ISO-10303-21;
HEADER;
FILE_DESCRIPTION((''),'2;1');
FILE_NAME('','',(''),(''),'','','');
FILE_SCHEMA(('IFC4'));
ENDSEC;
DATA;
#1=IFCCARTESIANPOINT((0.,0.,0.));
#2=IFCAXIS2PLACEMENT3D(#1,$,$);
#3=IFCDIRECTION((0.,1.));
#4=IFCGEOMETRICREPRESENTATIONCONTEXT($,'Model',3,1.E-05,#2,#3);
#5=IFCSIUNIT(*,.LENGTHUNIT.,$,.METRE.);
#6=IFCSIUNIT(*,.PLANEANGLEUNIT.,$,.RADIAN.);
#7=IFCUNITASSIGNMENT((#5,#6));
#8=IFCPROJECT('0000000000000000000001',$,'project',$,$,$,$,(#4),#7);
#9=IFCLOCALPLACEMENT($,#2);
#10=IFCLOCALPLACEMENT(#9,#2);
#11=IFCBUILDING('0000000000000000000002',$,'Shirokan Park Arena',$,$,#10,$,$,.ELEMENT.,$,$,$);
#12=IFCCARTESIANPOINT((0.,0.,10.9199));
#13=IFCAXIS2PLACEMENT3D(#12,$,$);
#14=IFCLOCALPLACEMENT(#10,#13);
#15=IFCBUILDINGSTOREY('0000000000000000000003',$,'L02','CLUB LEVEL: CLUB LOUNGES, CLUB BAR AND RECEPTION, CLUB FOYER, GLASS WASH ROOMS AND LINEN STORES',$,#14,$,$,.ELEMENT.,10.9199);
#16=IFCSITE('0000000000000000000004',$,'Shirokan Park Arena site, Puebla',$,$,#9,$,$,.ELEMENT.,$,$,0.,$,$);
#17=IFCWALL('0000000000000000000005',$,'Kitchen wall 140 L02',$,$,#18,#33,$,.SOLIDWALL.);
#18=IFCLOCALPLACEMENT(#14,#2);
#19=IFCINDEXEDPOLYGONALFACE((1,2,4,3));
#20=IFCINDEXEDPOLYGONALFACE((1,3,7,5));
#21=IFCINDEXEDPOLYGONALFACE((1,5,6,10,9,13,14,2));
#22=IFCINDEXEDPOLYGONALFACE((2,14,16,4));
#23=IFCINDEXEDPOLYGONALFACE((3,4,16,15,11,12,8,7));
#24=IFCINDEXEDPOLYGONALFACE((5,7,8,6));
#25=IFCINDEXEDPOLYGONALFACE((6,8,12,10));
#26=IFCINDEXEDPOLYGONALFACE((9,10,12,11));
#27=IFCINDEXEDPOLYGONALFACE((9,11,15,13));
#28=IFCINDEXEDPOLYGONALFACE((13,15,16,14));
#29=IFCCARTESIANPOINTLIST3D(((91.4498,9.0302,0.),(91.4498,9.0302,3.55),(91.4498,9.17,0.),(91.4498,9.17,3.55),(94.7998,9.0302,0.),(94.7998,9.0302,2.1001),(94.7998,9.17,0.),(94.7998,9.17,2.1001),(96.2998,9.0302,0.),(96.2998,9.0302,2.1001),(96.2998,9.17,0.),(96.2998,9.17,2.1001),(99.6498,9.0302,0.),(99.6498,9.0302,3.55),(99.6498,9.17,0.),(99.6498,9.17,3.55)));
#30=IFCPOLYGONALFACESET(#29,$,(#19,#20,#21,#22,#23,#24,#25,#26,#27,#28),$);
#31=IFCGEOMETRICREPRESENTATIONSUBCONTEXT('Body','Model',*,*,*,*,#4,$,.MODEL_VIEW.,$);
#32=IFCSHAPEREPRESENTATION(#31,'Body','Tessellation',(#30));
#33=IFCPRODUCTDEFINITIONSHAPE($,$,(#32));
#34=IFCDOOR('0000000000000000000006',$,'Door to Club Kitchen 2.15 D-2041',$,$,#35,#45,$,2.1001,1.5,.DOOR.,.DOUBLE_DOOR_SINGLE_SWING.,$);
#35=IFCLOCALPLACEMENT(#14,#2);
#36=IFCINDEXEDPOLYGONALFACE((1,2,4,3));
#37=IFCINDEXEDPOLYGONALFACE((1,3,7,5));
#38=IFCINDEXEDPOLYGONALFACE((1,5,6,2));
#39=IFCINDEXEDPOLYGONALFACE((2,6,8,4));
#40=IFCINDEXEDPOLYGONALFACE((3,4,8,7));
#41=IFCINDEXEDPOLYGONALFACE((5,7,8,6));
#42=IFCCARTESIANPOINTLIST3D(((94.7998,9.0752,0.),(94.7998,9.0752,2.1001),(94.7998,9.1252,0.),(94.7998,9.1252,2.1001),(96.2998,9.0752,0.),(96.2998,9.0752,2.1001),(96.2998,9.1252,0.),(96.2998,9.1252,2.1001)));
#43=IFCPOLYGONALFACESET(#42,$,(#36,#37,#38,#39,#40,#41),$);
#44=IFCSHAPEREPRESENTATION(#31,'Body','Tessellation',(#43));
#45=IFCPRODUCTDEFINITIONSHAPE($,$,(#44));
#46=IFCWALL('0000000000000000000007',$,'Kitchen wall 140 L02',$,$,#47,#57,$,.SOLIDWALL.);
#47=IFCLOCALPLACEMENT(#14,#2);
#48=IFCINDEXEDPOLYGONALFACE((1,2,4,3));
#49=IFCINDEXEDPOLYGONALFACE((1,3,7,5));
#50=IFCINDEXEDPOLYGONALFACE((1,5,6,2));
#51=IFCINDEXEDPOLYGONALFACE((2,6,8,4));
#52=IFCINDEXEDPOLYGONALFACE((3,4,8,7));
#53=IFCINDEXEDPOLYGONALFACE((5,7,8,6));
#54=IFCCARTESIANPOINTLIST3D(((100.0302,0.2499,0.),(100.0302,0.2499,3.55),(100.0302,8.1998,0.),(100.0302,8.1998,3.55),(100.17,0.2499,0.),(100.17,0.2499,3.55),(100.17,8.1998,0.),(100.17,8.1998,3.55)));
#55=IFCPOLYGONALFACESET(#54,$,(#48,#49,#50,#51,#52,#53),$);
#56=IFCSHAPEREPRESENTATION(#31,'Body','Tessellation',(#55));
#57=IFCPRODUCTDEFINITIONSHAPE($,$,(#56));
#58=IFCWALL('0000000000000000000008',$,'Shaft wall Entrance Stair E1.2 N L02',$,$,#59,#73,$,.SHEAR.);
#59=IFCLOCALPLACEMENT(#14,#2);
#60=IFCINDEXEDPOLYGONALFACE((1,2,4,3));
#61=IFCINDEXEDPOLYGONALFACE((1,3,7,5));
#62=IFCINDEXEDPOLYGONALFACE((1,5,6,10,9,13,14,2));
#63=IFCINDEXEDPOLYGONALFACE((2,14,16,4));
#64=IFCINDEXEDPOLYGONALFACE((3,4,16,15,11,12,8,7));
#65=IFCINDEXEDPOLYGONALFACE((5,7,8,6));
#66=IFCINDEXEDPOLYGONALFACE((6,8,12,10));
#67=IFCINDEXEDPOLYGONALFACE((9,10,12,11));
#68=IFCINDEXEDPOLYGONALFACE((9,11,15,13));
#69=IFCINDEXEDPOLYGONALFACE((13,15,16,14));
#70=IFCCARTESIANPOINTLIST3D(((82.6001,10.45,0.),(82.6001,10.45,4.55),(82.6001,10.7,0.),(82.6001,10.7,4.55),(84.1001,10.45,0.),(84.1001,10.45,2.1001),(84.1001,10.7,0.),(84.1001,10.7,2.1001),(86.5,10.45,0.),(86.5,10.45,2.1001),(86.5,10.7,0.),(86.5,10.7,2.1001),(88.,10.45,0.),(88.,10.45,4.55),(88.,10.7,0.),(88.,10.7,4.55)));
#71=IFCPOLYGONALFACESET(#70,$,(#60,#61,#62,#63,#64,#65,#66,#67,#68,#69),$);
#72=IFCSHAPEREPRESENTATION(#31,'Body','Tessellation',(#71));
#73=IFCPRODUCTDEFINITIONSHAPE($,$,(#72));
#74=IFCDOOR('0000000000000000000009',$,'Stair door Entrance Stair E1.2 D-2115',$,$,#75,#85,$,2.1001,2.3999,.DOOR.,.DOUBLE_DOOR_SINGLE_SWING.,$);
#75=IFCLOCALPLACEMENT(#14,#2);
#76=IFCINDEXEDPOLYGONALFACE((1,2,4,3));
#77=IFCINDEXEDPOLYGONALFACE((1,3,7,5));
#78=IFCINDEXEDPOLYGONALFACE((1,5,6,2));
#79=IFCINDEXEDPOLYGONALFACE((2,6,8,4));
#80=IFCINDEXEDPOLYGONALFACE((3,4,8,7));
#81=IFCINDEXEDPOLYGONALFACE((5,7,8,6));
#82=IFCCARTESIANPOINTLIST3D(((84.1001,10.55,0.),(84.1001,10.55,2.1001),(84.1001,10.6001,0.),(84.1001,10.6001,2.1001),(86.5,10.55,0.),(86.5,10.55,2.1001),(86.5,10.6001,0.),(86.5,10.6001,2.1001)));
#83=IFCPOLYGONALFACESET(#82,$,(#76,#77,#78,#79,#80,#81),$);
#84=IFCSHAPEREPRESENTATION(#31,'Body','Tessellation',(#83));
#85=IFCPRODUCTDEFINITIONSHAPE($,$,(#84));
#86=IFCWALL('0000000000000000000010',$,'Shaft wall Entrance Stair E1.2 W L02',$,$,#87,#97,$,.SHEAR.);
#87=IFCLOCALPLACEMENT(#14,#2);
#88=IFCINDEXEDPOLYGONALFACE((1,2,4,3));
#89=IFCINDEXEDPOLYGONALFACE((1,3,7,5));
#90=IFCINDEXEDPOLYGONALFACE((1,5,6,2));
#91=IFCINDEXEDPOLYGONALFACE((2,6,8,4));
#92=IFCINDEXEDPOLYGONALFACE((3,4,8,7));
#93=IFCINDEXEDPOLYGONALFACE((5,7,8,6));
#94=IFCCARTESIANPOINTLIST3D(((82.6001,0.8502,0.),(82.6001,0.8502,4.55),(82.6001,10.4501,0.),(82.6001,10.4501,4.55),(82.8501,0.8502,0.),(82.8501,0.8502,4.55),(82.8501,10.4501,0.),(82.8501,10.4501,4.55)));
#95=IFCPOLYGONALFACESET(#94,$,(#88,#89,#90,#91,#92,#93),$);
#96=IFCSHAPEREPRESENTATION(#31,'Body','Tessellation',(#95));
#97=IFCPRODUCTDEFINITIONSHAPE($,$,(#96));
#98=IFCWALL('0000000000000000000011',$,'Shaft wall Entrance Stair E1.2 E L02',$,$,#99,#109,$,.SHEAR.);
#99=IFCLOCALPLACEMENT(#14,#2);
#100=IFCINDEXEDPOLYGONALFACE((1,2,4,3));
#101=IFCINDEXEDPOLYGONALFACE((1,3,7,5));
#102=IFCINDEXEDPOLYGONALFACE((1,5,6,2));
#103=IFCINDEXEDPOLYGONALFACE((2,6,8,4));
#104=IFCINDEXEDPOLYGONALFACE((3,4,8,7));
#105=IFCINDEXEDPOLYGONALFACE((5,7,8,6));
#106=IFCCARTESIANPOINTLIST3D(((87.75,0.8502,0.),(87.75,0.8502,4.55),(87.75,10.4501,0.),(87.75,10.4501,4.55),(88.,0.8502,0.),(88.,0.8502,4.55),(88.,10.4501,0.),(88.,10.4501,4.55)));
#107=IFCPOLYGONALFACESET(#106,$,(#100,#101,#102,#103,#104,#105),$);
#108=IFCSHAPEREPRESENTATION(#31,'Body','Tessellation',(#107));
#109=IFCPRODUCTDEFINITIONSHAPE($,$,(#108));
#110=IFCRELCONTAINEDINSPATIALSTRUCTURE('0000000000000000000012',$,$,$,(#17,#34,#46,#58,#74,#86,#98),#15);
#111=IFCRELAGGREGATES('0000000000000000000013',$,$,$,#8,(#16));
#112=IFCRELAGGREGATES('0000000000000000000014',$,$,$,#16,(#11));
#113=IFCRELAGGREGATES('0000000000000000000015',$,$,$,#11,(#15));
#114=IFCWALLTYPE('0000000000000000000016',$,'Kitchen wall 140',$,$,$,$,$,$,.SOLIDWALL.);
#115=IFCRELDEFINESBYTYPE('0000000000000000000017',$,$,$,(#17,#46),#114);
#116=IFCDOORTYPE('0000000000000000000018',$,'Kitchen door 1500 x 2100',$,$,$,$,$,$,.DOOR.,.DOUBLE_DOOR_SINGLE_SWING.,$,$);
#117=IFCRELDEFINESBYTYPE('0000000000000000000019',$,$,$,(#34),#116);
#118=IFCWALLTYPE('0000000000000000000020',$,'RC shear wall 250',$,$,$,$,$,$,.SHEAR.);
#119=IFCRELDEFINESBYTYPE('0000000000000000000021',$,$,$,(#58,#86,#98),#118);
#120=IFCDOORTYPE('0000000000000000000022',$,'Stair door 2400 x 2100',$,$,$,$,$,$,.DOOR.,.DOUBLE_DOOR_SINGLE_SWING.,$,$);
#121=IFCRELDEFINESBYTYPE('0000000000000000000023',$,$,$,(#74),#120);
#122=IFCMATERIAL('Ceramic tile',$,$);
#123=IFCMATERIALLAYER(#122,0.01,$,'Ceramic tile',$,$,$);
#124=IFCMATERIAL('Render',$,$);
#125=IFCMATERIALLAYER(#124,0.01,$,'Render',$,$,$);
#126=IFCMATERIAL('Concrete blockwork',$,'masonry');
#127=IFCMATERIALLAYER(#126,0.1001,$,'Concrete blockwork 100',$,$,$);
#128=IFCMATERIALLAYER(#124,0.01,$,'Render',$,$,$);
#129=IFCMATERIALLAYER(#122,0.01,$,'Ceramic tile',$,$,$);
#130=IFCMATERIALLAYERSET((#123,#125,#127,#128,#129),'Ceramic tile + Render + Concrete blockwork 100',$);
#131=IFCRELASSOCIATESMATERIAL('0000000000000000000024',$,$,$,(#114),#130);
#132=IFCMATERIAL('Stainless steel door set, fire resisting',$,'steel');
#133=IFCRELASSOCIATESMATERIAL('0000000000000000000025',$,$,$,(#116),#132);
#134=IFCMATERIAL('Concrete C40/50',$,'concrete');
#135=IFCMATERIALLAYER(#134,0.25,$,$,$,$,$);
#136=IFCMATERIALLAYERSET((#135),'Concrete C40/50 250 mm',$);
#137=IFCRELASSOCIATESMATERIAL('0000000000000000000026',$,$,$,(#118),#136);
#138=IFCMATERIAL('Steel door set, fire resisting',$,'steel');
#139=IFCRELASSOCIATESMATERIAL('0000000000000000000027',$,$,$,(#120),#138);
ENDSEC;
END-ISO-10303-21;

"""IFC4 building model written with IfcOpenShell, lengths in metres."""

from ifc_helpers import new_model, si_unit, direction, frame, frame_2d, origin, place, context, subcontext, project, spatial, rectangle, extrude, material, layer, layer_set, type_object, element, fill, save


model = new_model("IFC4")

# Units and contexts
model_context = context("Model", 3, precision=1e-05, world=origin(), true_north=direction((0.0, 1.0)))
body_context = subcontext(model_context, "Body", "Model", "MODEL_VIEW")
ifc_project = project(units=[si_unit("LENGTHUNIT", "METRE"), si_unit("PLANEANGLEUNIT", "RADIAN")], contexts=[model_context])

# Site, building, storey
site_placement = place(None, origin())
site = spatial("IfcSite", under=ifc_project, at=site_placement, Name="Shirokan Park Arena site, Puebla", CompositionType="ELEMENT", RefElevation=0.0)
building_placement = place(site_placement, origin())
building = spatial("IfcBuilding", under=site, at=building_placement, Name="Shirokan Park Arena", CompositionType="ELEMENT")
storey_placement = place(building_placement, frame((0.0, 0.0, 10.9199)))
storey = spatial("IfcBuildingStorey", under=building, at=storey_placement, Name="L02", Description="CLUB LEVEL: CLUB LOUNGES, CLUB BAR AND RECEPTION, CLUB FOYER, GLASS WASH ROOMS AND LINEN STORES", CompositionType="ELEMENT", Elevation=10.9199)

# Shared definitions
ifc_material_1 = material(Name="Ceramic tile")
ifc_layer_1 = layer(ifc_material_1, 0.01, Name="Ceramic tile")
ifc_material_2 = material(Name="Render")
ifc_layer_2 = layer(ifc_material_2, 0.01, Name="Render")
ifc_material_3 = material(Name="Concrete blockwork", Category="masonry")
ifc_layer_3 = layer(ifc_material_3, 0.1001, Name="Concrete blockwork 100")
ifc_layer_4 = layer(ifc_material_2, 0.01, Name="Render")
ifc_layer_5 = layer(ifc_material_1, 0.01, Name="Ceramic tile")
ifc_layer_set_1 = layer_set([ifc_layer_1, ifc_layer_2, ifc_layer_3, ifc_layer_4, ifc_layer_5], Name="Ceramic tile + Render + Concrete blockwork 100")
wall_type_1 = type_object("IfcWallType", Name="Kitchen wall 140", PredefinedType="SOLIDWALL", material=ifc_layer_set_1)

# Wall, opening, door
wall_1_placement = place(storey_placement, frame((99.6499, 9.1001, 0.0), z_axis=(0.0, 0.0, 1.0), x_axis=(-1.0, 0.0, 0.0)))
wall_1 = element("IfcWall", 1, at=wall_1_placement, inside=storey, type_object=wall_type_1, Name="Kitchen wall 140 L02", PredefinedType="SOLIDWALL", context=body_context, shape_type="SweptSolid", body=[
    extrude(rectangle(XDim=8.2, YDim=0.1399, at=frame_2d((4.1001, 0.0))), origin(), (0.0, 0.0, 1.0), 3.55),
])
opening_1_placement = place(wall_1_placement, frame((3.3501, 0.0, 0.0)))
opening_1 = element("IfcOpeningElement", 2, at=opening_1_placement, cuts=wall_1, PredefinedType="OPENING", context=body_context, shape_type="SweptSolid", body=[
    extrude(rectangle(XDim=1.5, YDim=2.1001, at=frame_2d((0.75, 1.05))), frame((0.0, 0.0798, 0.0), z_axis=(0.0, -1.0, 0.0), x_axis=(1.0, 0.0, 0.0)), (0.0, 0.0, 1.0), 0.1599),
])
ifc_material_4 = material(Name="Stainless steel door set, fire resisting", Category="steel")
door_type_1 = type_object("IfcDoorType", Name="Kitchen door 1500 x 2100", OperationType="DOUBLE_DOOR_SINGLE_SWING", PredefinedType="DOOR", material=ifc_material_4)
door_1_placement = place(opening_1_placement, origin())
door_1 = element("IfcDoor", 3, at=door_1_placement, inside=storey, type_object=door_type_1, Name="Door to Club Kitchen 2.15 D-2041", OperationType="DOUBLE_DOOR_SINGLE_SWING", OverallHeight=2.1001, OverallWidth=1.5, PredefinedType="DOOR", context=body_context, shape_type="SweptSolid", body=[
    extrude(rectangle(XDim=1.5, YDim=2.1001, at=frame_2d((0.75, 1.05))), frame((0.0, 0.0249, 0.0), z_axis=(0.0, -1.0, 0.0), x_axis=(1.0, 0.0, 0.0)), (0.0, 0.0, 1.0), 0.05),
])
fill(opening_1, door_1)

# Wall
wall_2_placement = place(storey_placement, frame((100.1001, 8.2, 0.0), z_axis=(0.0, 0.0, 1.0), x_axis=(0.0, -1.0, 0.0)))
element("IfcWall", 4, at=wall_2_placement, inside=storey, type_object=wall_type_1, Name="Kitchen wall 140 L02", PredefinedType="SOLIDWALL", context=body_context, shape_type="SweptSolid", body=[
    extrude(rectangle(XDim=7.95, YDim=0.1399, at=frame_2d((3.9751, 0.0))), origin(), (0.0, 0.0, 1.0), 3.55),
])

# Wall, opening, door
ifc_material_5 = material(Name="Concrete C40/50", Category="concrete")
ifc_layer_6 = layer(ifc_material_5, 0.25)
ifc_layer_set_2 = layer_set([ifc_layer_6], Name="Concrete C40/50 250 mm")
wall_type_2 = type_object("IfcWallType", Name="RC shear wall 250", PredefinedType="SHEAR", material=ifc_layer_set_2)
wall_3_placement = place(storey_placement, frame((88.0, 10.575, 0.0), z_axis=(0.0, 0.0, 1.0), x_axis=(-1.0, 0.0, 0.0)))
wall_3 = element("IfcWall", 5, at=wall_3_placement, inside=storey, type_object=wall_type_2, Name="Shaft wall Entrance Stair E1.2 N L02", PredefinedType="SHEAR", context=body_context, shape_type="SweptSolid", body=[
    extrude(rectangle(XDim=5.3999, YDim=0.25, at=frame_2d((2.7, 0.0))), origin(), (0.0, 0.0, 1.0), 4.55),
])
opening_2_placement = place(wall_3_placement, frame((1.5, 0.0, 0.0)))
opening_2 = element("IfcOpeningElement", 6, at=opening_2_placement, cuts=wall_3, PredefinedType="OPENING", context=body_context, shape_type="SweptSolid", body=[
    extrude(rectangle(XDim=2.3999, YDim=2.1001, at=frame_2d((1.2, 1.05))), frame((0.0, 0.135, 0.0), z_axis=(0.0, -1.0, 0.0), x_axis=(1.0, 0.0, 0.0)), (0.0, 0.0, 1.0), 0.27),
])
ifc_material_6 = material(Name="Steel door set, fire resisting", Category="steel")
door_type_2 = type_object("IfcDoorType", Name="Stair door 2400 x 2100", OperationType="DOUBLE_DOOR_SINGLE_SWING", PredefinedType="DOOR", material=ifc_material_6)
door_2_placement = place(opening_2_placement, origin())
door_2 = element("IfcDoor", 7, at=door_2_placement, inside=storey, type_object=door_type_2, Name="Stair door Entrance Stair E1.2 D-2115", OperationType="DOUBLE_DOOR_SINGLE_SWING", OverallHeight=2.1001, OverallWidth=2.3999, PredefinedType="DOOR", context=body_context, shape_type="SweptSolid", body=[
    extrude(rectangle(XDim=2.3999, YDim=2.1001, at=frame_2d((1.2, 1.05))), frame((0.0, 0.0249, 0.0), z_axis=(0.0, -1.0, 0.0), x_axis=(1.0, 0.0, 0.0)), (0.0, 0.0, 1.0), 0.05),
])
fill(opening_2, door_2)

# Walls
for number, where, z_axis, x_axis, name in (
    (8, (82.7251, 10.45, 0.0), (0.0, 0.0, 1.0), (0.0, -1.0, 0.0), "Shaft wall Entrance Stair E1.2 W L02"),
    (9, (87.875, 10.45, 0.0), (0.0, 0.0, 1.0), (0.0, -1.0, 0.0), "Shaft wall Entrance Stair E1.2 E L02"),
):
    element("IfcWall", number, at=place(storey_placement, frame(where, z_axis=z_axis, x_axis=x_axis)), inside=storey, type_object=wall_type_2, Name=name, PredefinedType="SHEAR", context=body_context, shape_type="SweptSolid", body=[
        extrude(rectangle(XDim=9.5999, YDim=0.25, at=frame_2d((4.7998, 0.0))), origin(), (0.0, 0.0, 1.0), 4.55),
    ])

save(model, "model.ifc")
